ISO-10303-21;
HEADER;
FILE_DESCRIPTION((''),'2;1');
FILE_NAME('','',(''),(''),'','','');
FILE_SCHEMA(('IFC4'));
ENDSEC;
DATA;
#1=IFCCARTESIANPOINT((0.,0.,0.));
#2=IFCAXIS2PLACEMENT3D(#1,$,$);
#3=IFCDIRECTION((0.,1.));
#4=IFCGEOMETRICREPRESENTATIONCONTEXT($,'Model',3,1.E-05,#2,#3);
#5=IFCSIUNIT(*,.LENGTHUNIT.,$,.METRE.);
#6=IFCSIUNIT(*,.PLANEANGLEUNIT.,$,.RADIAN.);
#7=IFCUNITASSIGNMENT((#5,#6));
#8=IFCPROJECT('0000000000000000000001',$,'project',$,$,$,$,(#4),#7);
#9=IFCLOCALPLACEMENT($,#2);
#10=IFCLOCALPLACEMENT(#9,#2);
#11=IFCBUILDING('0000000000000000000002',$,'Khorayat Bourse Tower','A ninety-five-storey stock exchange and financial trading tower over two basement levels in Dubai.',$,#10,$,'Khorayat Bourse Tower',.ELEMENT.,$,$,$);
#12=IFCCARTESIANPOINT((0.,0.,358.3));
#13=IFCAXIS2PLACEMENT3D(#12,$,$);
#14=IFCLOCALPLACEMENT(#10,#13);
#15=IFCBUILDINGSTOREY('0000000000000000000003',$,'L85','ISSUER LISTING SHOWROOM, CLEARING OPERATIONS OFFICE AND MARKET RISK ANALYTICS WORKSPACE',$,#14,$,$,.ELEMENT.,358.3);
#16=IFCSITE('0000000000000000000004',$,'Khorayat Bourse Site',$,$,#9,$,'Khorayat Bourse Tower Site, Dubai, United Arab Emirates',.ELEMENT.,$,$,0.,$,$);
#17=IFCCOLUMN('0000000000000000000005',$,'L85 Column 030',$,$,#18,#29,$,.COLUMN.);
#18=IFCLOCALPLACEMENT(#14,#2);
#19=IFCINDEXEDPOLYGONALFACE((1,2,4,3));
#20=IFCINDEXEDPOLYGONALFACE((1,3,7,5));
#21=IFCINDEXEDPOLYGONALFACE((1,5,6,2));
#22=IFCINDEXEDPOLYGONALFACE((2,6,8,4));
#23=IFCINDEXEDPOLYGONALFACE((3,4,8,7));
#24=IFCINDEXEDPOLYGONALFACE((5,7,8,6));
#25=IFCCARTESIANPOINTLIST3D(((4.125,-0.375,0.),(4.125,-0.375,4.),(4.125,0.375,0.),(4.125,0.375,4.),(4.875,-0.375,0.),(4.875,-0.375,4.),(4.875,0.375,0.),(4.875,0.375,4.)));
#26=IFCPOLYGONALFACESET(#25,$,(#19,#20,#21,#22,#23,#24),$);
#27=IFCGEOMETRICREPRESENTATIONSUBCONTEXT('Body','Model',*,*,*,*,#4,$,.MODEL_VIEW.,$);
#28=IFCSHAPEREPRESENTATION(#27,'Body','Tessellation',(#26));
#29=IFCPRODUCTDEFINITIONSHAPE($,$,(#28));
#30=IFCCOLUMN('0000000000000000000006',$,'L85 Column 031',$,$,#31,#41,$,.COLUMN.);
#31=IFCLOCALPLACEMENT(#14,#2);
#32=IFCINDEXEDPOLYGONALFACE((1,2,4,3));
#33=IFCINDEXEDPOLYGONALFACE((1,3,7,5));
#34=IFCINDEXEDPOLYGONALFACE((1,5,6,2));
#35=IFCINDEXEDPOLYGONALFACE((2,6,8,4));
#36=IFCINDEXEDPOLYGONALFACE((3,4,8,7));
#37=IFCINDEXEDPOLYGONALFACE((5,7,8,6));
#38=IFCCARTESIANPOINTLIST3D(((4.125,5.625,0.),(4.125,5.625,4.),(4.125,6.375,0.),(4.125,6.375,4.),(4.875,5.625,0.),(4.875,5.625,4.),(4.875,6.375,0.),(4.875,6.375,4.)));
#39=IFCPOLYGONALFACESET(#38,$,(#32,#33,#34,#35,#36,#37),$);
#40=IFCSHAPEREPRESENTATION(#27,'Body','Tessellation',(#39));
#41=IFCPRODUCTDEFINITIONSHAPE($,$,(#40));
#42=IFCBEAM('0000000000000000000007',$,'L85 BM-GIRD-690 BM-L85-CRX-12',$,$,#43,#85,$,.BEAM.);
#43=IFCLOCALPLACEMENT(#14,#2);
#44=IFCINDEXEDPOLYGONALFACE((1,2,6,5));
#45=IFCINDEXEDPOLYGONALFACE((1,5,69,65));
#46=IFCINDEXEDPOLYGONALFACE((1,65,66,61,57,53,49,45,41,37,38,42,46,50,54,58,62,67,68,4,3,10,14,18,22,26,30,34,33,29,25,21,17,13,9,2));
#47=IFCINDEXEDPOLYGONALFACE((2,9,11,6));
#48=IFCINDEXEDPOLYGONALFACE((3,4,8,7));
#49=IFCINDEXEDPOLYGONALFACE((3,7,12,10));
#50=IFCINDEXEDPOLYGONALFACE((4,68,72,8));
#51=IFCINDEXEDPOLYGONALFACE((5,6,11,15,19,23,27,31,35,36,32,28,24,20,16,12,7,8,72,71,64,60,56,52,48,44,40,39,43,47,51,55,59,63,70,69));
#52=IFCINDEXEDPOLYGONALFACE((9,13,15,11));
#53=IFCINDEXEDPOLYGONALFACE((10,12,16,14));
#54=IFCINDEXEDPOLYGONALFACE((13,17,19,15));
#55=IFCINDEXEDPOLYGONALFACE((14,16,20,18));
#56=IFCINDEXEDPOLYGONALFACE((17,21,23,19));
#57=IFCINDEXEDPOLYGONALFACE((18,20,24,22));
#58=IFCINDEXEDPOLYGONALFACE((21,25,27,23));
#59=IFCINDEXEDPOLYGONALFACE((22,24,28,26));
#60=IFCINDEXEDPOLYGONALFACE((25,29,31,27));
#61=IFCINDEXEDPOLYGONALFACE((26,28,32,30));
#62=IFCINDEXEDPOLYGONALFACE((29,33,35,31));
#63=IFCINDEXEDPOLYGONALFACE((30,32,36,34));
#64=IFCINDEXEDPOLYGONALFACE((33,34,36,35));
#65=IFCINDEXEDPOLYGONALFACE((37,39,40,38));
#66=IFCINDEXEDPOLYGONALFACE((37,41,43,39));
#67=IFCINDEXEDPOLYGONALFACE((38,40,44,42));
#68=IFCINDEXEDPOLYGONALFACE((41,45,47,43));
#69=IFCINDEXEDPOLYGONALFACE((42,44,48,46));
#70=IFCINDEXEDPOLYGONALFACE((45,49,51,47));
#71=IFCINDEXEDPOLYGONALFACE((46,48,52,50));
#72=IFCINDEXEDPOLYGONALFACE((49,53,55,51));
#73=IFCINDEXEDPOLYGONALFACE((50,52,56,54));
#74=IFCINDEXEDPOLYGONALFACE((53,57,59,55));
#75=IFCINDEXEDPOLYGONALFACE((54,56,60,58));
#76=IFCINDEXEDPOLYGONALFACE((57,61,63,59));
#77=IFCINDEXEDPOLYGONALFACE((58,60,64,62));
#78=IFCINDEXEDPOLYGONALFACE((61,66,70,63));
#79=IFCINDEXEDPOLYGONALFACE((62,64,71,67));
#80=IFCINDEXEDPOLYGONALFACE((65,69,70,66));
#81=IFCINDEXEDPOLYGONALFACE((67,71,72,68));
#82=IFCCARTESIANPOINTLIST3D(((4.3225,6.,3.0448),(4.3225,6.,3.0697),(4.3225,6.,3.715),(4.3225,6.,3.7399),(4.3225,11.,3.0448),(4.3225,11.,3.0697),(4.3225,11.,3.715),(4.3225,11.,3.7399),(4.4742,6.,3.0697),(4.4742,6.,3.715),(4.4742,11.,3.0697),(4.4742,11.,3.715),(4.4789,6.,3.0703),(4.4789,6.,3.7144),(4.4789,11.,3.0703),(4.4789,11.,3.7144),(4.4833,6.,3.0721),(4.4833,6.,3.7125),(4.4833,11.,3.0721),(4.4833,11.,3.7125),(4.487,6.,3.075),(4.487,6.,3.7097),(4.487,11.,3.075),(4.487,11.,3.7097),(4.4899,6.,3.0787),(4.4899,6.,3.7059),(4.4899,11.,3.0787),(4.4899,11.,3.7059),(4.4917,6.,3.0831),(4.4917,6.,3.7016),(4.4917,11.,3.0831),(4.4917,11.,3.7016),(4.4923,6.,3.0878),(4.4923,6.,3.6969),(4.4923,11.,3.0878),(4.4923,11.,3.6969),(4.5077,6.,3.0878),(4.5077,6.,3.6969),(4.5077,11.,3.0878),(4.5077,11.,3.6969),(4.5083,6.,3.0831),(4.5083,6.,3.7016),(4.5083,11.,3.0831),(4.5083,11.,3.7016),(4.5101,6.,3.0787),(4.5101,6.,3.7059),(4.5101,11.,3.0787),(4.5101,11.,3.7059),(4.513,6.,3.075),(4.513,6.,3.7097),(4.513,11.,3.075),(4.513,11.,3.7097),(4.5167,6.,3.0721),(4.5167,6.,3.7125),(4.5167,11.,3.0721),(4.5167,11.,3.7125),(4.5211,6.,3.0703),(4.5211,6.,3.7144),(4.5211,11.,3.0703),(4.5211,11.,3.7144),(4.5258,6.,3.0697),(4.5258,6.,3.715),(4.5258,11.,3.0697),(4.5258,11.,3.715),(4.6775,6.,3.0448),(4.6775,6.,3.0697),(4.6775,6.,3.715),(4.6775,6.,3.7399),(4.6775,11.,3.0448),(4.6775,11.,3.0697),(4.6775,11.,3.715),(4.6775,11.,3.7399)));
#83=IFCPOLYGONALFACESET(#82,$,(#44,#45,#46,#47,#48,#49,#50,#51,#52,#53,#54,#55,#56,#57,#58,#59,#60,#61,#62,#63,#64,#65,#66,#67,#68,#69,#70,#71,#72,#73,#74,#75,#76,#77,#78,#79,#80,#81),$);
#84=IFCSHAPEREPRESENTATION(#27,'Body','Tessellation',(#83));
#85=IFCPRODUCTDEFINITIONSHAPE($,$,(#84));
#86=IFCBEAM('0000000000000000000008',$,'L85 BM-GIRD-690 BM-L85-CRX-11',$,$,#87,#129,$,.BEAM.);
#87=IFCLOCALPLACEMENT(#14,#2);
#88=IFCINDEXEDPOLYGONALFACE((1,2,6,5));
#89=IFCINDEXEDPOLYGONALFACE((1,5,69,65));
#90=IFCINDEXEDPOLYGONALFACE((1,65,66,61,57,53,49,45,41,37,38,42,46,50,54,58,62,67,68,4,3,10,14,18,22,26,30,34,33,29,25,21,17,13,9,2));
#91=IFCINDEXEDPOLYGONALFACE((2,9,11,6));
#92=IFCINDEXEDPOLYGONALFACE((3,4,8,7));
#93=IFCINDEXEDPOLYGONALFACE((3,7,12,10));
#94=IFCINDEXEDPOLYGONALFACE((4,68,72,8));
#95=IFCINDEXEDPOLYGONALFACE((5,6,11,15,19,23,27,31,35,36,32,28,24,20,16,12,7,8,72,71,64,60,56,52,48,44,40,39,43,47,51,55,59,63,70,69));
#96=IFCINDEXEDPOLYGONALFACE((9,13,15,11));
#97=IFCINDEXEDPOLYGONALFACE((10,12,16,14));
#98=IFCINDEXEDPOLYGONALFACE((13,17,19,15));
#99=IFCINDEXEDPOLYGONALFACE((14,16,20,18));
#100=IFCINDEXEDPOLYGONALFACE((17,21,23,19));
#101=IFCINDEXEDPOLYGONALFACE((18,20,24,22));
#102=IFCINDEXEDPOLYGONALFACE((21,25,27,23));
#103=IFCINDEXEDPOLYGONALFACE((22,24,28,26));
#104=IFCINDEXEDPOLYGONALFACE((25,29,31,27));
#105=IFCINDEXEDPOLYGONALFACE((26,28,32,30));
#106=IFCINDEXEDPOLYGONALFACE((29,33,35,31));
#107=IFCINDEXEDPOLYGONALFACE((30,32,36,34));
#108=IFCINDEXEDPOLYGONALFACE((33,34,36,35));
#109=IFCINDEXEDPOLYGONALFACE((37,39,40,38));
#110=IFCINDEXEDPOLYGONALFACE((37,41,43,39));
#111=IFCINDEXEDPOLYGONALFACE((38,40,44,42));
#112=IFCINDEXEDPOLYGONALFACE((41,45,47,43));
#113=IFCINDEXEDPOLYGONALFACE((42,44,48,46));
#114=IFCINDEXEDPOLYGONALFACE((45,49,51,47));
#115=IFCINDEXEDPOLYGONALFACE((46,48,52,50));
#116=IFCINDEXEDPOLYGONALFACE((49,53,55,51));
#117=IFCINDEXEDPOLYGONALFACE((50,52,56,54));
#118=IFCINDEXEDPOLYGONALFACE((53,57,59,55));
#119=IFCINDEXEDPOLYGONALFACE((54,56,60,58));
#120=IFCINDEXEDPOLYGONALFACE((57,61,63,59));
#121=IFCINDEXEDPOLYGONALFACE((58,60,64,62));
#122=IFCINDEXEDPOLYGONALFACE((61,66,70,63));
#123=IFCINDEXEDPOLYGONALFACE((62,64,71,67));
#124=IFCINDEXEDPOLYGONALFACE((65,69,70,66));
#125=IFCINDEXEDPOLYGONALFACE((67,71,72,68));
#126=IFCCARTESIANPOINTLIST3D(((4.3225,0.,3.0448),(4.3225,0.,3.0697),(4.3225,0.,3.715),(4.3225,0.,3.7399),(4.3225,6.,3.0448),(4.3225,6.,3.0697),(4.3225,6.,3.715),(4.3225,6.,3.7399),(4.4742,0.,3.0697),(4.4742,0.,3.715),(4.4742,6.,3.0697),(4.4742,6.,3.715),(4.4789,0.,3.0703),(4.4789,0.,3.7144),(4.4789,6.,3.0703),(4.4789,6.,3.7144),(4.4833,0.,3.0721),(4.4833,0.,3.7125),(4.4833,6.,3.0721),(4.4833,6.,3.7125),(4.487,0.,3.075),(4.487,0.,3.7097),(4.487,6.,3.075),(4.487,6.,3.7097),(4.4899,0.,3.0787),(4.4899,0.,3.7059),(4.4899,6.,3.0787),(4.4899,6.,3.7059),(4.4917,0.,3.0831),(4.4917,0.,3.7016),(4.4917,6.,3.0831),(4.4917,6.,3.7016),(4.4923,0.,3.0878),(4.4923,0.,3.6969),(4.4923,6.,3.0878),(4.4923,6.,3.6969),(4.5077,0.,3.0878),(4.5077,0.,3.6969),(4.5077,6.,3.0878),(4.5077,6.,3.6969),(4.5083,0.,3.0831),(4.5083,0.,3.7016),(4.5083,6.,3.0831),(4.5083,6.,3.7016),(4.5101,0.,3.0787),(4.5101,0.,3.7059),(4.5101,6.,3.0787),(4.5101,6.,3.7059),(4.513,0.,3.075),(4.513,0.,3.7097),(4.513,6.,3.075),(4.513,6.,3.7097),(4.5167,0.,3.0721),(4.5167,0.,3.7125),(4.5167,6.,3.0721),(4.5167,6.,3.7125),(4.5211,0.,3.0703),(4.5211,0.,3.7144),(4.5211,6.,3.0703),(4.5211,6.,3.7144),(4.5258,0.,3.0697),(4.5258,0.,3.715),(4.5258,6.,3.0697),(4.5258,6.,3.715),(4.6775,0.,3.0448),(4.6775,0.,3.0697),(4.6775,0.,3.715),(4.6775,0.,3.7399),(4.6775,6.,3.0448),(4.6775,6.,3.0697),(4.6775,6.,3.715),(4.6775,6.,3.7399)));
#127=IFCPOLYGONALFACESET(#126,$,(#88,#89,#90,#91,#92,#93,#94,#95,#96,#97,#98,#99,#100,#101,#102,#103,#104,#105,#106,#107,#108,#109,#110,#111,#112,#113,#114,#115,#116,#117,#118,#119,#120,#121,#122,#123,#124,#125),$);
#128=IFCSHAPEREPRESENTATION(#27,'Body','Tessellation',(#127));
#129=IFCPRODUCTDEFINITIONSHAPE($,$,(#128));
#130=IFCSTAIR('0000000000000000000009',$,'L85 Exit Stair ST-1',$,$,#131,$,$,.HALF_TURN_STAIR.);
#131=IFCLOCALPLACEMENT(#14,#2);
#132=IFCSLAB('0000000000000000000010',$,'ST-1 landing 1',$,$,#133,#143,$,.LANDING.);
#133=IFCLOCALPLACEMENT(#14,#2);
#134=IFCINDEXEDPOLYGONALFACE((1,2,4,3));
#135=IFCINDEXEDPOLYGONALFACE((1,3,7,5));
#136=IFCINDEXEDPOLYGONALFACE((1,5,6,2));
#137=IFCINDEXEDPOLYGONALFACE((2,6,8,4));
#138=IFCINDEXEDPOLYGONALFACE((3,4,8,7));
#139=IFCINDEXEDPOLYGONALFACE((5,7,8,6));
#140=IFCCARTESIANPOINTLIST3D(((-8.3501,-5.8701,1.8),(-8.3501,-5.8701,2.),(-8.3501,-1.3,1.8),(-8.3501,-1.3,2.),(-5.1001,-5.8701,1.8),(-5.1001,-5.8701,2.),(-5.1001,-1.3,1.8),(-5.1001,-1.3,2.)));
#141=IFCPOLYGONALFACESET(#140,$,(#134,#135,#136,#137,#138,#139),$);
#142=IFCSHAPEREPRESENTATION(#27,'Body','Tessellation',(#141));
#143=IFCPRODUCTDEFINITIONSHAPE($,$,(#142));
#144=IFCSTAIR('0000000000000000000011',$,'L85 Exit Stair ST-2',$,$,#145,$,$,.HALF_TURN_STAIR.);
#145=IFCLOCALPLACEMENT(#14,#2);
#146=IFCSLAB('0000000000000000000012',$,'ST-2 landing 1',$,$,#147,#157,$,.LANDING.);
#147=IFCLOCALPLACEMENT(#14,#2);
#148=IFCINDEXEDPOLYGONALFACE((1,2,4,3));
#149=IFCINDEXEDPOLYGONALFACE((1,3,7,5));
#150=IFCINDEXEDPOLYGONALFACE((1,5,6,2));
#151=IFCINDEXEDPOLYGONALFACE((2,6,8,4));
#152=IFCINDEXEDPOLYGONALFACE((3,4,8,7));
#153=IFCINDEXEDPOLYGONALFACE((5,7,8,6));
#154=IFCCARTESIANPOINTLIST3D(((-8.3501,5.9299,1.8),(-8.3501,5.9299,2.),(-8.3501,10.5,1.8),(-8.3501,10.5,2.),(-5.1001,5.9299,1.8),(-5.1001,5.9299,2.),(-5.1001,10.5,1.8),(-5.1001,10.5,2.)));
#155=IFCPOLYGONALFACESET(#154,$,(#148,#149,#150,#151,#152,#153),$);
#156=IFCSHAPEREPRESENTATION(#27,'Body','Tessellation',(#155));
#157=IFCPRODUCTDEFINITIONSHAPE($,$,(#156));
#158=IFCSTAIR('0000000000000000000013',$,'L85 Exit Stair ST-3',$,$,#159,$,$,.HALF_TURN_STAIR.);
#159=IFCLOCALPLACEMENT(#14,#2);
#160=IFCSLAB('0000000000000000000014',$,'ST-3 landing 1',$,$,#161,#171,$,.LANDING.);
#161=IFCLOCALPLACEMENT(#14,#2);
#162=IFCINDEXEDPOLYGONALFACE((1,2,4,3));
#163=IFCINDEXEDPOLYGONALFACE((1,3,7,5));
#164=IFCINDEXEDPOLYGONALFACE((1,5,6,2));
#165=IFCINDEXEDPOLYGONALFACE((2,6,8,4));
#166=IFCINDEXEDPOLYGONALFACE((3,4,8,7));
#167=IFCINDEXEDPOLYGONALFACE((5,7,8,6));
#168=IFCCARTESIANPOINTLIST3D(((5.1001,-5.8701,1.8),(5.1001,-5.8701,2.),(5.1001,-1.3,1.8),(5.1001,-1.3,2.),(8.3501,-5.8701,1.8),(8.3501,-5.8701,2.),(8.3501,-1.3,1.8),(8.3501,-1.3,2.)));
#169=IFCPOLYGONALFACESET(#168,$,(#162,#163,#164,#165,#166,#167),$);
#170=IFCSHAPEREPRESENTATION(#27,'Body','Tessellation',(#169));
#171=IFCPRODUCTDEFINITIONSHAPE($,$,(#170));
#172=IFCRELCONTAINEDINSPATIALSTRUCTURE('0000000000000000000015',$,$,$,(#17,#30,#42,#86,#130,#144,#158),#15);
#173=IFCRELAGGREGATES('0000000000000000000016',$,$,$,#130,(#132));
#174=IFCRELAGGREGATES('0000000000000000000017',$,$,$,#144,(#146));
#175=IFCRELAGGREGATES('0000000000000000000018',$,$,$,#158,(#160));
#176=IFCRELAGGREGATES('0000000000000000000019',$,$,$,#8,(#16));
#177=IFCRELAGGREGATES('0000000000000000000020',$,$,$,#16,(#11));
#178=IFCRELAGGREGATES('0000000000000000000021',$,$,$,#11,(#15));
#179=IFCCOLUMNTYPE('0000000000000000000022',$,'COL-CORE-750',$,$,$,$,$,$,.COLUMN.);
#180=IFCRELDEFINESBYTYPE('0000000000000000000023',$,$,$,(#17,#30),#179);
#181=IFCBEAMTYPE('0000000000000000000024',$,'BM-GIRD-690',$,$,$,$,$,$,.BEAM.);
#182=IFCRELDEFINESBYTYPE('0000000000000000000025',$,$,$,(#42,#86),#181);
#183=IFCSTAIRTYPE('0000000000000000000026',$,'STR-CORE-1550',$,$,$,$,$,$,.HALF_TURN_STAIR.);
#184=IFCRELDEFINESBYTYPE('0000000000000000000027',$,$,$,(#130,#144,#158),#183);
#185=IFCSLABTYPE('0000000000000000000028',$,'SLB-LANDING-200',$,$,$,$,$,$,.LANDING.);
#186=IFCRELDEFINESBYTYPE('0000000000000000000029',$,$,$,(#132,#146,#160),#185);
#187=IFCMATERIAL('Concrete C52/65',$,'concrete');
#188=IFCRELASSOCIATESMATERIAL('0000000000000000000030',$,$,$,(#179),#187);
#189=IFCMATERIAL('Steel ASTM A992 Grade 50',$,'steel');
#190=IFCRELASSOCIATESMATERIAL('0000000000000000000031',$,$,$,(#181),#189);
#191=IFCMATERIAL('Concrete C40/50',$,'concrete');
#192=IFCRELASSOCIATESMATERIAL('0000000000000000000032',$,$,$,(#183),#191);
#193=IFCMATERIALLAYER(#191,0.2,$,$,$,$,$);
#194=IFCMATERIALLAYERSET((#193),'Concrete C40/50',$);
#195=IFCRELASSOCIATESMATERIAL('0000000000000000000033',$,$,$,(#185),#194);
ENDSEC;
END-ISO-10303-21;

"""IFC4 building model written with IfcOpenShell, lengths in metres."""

from ifc_helpers import new_model, si_unit, direction, frame, origin, origin_2d, place, context, subcontext, project, spatial, polyline, rectangle, i_section, outline, extrude, source, transform, mapped, material, layer, layer_set, material_profile, profile_set, type_object, element, aggregate, save


model = new_model("IFC4")

# Units and contexts
model_context = context("Model", 3, precision=1e-05, world=origin(), true_north=direction((0.0, 1.0)))
body_context = subcontext(model_context, "Body", "Model", "MODEL_VIEW")
ifc_project = project(units=[si_unit("LENGTHUNIT", "METRE"), si_unit("PLANEANGLEUNIT", "RADIAN")], contexts=[model_context])

# Site, building, storey
site_placement = place(None, origin())
site = spatial("IfcSite", under=ifc_project, at=site_placement, Name="Khorayat Bourse Site", LongName="Khorayat Bourse Tower Site, Dubai, United Arab Emirates", CompositionType="ELEMENT", RefElevation=0.0)
building_placement = place(site_placement, origin())
building = spatial("IfcBuilding", under=site, at=building_placement, Name="Khorayat Bourse Tower", Description="A ninety-five-storey stock exchange and financial trading tower over two basement levels in Dubai.", LongName="Khorayat Bourse Tower", CompositionType="ELEMENT")
storey_placement = place(building_placement, frame((0.0, 0.0, 358.3)))
storey = spatial("IfcBuildingStorey", under=building, at=storey_placement, Name="L85", Description="ISSUER LISTING SHOWROOM, CLEARING OPERATIONS OFFICE AND MARKET RISK ANALYTICS WORKSPACE", CompositionType="ELEMENT", Elevation=358.3)

# Columns
ifc_material_1 = material(Name="Concrete C52/65", Category="concrete")
ifc_material_profile_1 = material_profile(ifc_material_1, rectangle(XDim=0.75, YDim=0.75, at=origin_2d()), Name="RC 750x750")
ifc_profile_set_1 = profile_set([ifc_material_profile_1], Name="Concrete C52/65")
column_type = type_object("IfcColumnType", Name="COL-CORE-750", PredefinedType="COLUMN", material=ifc_profile_set_1)
shared_shape_1 = source(origin(), body_context, "Body", "SweptSolid", [
    extrude(rectangle(XDim=0.75, YDim=0.75, at=origin_2d()), origin(), (0.0, 0.0, 1.0), 4.0),
])
for number, where, z_axis, x_axis, name in (
    (1, (4.5, 0.0, 0.0), (0.0, 0.0, 1.0), (1.0, 0.0, 0.0), "L85 Column 030"),
    (2, (4.5, 6.0, 0.0), (0.0, 0.0, 1.0), (1.0, 0.0, 0.0), "L85 Column 031"),
):
    element("IfcColumn", number, at=place(storey_placement, frame(where, z_axis=z_axis, x_axis=x_axis)), inside=storey, type_object=column_type, Name=name, PredefinedType="COLUMN", context=body_context, shape_type="MappedRepresentation", body=[
        mapped(shared_shape_1, transform((0.0, 0.0, 0.0), scale=1.0)),
    ])

# Beams
ifc_material_2 = material(Name="Steel ASTM A992 Grade 50", Category="steel")
ifc_material_profile_2 = material_profile(ifc_material_2, i_section(OverallWidth=0.355, OverallDepth=0.6951, WebThickness=0.0154, FlangeThickness=0.0249, FilletRadius=0.0181, at=origin_2d()), Name="W690X217")
ifc_profile_set_2 = profile_set([ifc_material_profile_2], Name="Steel ASTM A992 Grade 50")
beam_type = type_object("IfcBeamType", Name="BM-GIRD-690", PredefinedType="BEAM", material=ifc_profile_set_2)
shared_shape_2 = source(origin(), body_context, "Body", "SweptSolid", [
    extrude(i_section(OverallWidth=0.355, OverallDepth=0.6951, WebThickness=0.0154, FlangeThickness=0.0249, FilletRadius=0.0181, at=origin_2d()), origin(), (0.0, 0.0, 1.0), 5.0),
])
beam_1_placement = place(storey_placement, frame((4.5, 6.0, 3.3923), z_axis=(0.0, 1.0, 0.0), x_axis=(-1.0, 0.0, 0.0)))
element("IfcBeam", 3, at=beam_1_placement, inside=storey, type_object=beam_type, Name="L85 BM-GIRD-690 BM-L85-CRX-12", PredefinedType="BEAM", context=body_context, shape_type="MappedRepresentation", body=[
    mapped(shared_shape_2, transform((0.0, 0.0, 0.0), scale=1.0)),
])
shared_shape_3 = source(origin(), body_context, "Body", "SweptSolid", [
    extrude(i_section(OverallWidth=0.355, OverallDepth=0.6951, WebThickness=0.0154, FlangeThickness=0.0249, FilletRadius=0.0181, at=origin_2d()), origin(), (0.0, 0.0, 1.0), 6.0),
])
beam_2_placement = place(storey_placement, frame((4.5, 0.0, 3.3923), z_axis=(0.0, 1.0, 0.0), x_axis=(-1.0, 0.0, 0.0)))
element("IfcBeam", 4, at=beam_2_placement, inside=storey, type_object=beam_type, Name="L85 BM-GIRD-690 BM-L85-CRX-11", PredefinedType="BEAM", context=body_context, shape_type="MappedRepresentation", body=[
    mapped(shared_shape_3, transform((0.0, 0.0, 0.0), scale=1.0)),
])

# Stairs, slabs
ifc_material_3 = material(Name="Concrete C40/50", Category="concrete")
stair_type = type_object("IfcStairType", Name="STR-CORE-1550", PredefinedType="HALF_TURN_STAIR", material=ifc_material_3)
stair_1_placement = place(storey_placement, origin())
stair_1 = element("IfcStair", 5, at=stair_1_placement, inside=storey, type_object=stair_type, Name="L85 Exit Stair ST-1", PredefinedType="HALF_TURN_STAIR")
ifc_layer_1 = layer(ifc_material_3, 0.2)
ifc_layer_set_1 = layer_set([ifc_layer_1], Name="Concrete C40/50")
slab_type_1 = type_object("IfcSlabType", Name="SLB-LANDING-200", PredefinedType="LANDING", material=ifc_layer_set_1)
slab_1_placement = place(storey_placement, frame((0.0, 0.0, 1.8)))
slab_1 = element("IfcSlab", 6, at=slab_1_placement, type_object=slab_type_1, Name="ST-1 landing 1", PredefinedType="LANDING", context=body_context, shape_type="SweptSolid", body=[
    extrude(outline(polyline([(-5.1001, -5.8701), (-5.1001, -1.3), (-8.3501, -1.3), (-8.3501, -5.8701), (-5.1001, -5.8701)])), origin(), (0.0, 0.0, 1.0), 0.2),
])
aggregate(stair_1, [slab_1])
stair_2_placement = place(storey_placement, origin())
stair_2 = element("IfcStair", 7, at=stair_2_placement, inside=storey, type_object=stair_type, Name="L85 Exit Stair ST-2", PredefinedType="HALF_TURN_STAIR")
slab_2_placement = place(storey_placement, frame((0.0, 0.0, 1.8)))
slab_2 = element("IfcSlab", 8, at=slab_2_placement, type_object=slab_type_1, Name="ST-2 landing 1", PredefinedType="LANDING", context=body_context, shape_type="SweptSolid", body=[
    extrude(outline(polyline([(-5.1001, 5.9299), (-5.1001, 10.5), (-8.3501, 10.5), (-8.3501, 5.9299), (-5.1001, 5.9299)])), origin(), (0.0, 0.0, 1.0), 0.2),
])
aggregate(stair_2, [slab_2])
stair_3_placement = place(storey_placement, origin())
stair_3 = element("IfcStair", 9, at=stair_3_placement, inside=storey, type_object=stair_type, Name="L85 Exit Stair ST-3", PredefinedType="HALF_TURN_STAIR")
slab_3_placement = place(storey_placement, frame((0.0, 0.0, 1.8)))
slab_3 = element("IfcSlab", 10, at=slab_3_placement, type_object=slab_type_1, Name="ST-3 landing 1", PredefinedType="LANDING", context=body_context, shape_type="SweptSolid", body=[
    extrude(outline(polyline([(8.3501, -5.8701), (8.3501, -1.3), (5.1001, -1.3), (5.1001, -5.8701), (8.3501, -5.8701)])), origin(), (0.0, 0.0, 1.0), 0.2),
])
aggregate(stair_3, [slab_3])

save(model, "model.ifc")
